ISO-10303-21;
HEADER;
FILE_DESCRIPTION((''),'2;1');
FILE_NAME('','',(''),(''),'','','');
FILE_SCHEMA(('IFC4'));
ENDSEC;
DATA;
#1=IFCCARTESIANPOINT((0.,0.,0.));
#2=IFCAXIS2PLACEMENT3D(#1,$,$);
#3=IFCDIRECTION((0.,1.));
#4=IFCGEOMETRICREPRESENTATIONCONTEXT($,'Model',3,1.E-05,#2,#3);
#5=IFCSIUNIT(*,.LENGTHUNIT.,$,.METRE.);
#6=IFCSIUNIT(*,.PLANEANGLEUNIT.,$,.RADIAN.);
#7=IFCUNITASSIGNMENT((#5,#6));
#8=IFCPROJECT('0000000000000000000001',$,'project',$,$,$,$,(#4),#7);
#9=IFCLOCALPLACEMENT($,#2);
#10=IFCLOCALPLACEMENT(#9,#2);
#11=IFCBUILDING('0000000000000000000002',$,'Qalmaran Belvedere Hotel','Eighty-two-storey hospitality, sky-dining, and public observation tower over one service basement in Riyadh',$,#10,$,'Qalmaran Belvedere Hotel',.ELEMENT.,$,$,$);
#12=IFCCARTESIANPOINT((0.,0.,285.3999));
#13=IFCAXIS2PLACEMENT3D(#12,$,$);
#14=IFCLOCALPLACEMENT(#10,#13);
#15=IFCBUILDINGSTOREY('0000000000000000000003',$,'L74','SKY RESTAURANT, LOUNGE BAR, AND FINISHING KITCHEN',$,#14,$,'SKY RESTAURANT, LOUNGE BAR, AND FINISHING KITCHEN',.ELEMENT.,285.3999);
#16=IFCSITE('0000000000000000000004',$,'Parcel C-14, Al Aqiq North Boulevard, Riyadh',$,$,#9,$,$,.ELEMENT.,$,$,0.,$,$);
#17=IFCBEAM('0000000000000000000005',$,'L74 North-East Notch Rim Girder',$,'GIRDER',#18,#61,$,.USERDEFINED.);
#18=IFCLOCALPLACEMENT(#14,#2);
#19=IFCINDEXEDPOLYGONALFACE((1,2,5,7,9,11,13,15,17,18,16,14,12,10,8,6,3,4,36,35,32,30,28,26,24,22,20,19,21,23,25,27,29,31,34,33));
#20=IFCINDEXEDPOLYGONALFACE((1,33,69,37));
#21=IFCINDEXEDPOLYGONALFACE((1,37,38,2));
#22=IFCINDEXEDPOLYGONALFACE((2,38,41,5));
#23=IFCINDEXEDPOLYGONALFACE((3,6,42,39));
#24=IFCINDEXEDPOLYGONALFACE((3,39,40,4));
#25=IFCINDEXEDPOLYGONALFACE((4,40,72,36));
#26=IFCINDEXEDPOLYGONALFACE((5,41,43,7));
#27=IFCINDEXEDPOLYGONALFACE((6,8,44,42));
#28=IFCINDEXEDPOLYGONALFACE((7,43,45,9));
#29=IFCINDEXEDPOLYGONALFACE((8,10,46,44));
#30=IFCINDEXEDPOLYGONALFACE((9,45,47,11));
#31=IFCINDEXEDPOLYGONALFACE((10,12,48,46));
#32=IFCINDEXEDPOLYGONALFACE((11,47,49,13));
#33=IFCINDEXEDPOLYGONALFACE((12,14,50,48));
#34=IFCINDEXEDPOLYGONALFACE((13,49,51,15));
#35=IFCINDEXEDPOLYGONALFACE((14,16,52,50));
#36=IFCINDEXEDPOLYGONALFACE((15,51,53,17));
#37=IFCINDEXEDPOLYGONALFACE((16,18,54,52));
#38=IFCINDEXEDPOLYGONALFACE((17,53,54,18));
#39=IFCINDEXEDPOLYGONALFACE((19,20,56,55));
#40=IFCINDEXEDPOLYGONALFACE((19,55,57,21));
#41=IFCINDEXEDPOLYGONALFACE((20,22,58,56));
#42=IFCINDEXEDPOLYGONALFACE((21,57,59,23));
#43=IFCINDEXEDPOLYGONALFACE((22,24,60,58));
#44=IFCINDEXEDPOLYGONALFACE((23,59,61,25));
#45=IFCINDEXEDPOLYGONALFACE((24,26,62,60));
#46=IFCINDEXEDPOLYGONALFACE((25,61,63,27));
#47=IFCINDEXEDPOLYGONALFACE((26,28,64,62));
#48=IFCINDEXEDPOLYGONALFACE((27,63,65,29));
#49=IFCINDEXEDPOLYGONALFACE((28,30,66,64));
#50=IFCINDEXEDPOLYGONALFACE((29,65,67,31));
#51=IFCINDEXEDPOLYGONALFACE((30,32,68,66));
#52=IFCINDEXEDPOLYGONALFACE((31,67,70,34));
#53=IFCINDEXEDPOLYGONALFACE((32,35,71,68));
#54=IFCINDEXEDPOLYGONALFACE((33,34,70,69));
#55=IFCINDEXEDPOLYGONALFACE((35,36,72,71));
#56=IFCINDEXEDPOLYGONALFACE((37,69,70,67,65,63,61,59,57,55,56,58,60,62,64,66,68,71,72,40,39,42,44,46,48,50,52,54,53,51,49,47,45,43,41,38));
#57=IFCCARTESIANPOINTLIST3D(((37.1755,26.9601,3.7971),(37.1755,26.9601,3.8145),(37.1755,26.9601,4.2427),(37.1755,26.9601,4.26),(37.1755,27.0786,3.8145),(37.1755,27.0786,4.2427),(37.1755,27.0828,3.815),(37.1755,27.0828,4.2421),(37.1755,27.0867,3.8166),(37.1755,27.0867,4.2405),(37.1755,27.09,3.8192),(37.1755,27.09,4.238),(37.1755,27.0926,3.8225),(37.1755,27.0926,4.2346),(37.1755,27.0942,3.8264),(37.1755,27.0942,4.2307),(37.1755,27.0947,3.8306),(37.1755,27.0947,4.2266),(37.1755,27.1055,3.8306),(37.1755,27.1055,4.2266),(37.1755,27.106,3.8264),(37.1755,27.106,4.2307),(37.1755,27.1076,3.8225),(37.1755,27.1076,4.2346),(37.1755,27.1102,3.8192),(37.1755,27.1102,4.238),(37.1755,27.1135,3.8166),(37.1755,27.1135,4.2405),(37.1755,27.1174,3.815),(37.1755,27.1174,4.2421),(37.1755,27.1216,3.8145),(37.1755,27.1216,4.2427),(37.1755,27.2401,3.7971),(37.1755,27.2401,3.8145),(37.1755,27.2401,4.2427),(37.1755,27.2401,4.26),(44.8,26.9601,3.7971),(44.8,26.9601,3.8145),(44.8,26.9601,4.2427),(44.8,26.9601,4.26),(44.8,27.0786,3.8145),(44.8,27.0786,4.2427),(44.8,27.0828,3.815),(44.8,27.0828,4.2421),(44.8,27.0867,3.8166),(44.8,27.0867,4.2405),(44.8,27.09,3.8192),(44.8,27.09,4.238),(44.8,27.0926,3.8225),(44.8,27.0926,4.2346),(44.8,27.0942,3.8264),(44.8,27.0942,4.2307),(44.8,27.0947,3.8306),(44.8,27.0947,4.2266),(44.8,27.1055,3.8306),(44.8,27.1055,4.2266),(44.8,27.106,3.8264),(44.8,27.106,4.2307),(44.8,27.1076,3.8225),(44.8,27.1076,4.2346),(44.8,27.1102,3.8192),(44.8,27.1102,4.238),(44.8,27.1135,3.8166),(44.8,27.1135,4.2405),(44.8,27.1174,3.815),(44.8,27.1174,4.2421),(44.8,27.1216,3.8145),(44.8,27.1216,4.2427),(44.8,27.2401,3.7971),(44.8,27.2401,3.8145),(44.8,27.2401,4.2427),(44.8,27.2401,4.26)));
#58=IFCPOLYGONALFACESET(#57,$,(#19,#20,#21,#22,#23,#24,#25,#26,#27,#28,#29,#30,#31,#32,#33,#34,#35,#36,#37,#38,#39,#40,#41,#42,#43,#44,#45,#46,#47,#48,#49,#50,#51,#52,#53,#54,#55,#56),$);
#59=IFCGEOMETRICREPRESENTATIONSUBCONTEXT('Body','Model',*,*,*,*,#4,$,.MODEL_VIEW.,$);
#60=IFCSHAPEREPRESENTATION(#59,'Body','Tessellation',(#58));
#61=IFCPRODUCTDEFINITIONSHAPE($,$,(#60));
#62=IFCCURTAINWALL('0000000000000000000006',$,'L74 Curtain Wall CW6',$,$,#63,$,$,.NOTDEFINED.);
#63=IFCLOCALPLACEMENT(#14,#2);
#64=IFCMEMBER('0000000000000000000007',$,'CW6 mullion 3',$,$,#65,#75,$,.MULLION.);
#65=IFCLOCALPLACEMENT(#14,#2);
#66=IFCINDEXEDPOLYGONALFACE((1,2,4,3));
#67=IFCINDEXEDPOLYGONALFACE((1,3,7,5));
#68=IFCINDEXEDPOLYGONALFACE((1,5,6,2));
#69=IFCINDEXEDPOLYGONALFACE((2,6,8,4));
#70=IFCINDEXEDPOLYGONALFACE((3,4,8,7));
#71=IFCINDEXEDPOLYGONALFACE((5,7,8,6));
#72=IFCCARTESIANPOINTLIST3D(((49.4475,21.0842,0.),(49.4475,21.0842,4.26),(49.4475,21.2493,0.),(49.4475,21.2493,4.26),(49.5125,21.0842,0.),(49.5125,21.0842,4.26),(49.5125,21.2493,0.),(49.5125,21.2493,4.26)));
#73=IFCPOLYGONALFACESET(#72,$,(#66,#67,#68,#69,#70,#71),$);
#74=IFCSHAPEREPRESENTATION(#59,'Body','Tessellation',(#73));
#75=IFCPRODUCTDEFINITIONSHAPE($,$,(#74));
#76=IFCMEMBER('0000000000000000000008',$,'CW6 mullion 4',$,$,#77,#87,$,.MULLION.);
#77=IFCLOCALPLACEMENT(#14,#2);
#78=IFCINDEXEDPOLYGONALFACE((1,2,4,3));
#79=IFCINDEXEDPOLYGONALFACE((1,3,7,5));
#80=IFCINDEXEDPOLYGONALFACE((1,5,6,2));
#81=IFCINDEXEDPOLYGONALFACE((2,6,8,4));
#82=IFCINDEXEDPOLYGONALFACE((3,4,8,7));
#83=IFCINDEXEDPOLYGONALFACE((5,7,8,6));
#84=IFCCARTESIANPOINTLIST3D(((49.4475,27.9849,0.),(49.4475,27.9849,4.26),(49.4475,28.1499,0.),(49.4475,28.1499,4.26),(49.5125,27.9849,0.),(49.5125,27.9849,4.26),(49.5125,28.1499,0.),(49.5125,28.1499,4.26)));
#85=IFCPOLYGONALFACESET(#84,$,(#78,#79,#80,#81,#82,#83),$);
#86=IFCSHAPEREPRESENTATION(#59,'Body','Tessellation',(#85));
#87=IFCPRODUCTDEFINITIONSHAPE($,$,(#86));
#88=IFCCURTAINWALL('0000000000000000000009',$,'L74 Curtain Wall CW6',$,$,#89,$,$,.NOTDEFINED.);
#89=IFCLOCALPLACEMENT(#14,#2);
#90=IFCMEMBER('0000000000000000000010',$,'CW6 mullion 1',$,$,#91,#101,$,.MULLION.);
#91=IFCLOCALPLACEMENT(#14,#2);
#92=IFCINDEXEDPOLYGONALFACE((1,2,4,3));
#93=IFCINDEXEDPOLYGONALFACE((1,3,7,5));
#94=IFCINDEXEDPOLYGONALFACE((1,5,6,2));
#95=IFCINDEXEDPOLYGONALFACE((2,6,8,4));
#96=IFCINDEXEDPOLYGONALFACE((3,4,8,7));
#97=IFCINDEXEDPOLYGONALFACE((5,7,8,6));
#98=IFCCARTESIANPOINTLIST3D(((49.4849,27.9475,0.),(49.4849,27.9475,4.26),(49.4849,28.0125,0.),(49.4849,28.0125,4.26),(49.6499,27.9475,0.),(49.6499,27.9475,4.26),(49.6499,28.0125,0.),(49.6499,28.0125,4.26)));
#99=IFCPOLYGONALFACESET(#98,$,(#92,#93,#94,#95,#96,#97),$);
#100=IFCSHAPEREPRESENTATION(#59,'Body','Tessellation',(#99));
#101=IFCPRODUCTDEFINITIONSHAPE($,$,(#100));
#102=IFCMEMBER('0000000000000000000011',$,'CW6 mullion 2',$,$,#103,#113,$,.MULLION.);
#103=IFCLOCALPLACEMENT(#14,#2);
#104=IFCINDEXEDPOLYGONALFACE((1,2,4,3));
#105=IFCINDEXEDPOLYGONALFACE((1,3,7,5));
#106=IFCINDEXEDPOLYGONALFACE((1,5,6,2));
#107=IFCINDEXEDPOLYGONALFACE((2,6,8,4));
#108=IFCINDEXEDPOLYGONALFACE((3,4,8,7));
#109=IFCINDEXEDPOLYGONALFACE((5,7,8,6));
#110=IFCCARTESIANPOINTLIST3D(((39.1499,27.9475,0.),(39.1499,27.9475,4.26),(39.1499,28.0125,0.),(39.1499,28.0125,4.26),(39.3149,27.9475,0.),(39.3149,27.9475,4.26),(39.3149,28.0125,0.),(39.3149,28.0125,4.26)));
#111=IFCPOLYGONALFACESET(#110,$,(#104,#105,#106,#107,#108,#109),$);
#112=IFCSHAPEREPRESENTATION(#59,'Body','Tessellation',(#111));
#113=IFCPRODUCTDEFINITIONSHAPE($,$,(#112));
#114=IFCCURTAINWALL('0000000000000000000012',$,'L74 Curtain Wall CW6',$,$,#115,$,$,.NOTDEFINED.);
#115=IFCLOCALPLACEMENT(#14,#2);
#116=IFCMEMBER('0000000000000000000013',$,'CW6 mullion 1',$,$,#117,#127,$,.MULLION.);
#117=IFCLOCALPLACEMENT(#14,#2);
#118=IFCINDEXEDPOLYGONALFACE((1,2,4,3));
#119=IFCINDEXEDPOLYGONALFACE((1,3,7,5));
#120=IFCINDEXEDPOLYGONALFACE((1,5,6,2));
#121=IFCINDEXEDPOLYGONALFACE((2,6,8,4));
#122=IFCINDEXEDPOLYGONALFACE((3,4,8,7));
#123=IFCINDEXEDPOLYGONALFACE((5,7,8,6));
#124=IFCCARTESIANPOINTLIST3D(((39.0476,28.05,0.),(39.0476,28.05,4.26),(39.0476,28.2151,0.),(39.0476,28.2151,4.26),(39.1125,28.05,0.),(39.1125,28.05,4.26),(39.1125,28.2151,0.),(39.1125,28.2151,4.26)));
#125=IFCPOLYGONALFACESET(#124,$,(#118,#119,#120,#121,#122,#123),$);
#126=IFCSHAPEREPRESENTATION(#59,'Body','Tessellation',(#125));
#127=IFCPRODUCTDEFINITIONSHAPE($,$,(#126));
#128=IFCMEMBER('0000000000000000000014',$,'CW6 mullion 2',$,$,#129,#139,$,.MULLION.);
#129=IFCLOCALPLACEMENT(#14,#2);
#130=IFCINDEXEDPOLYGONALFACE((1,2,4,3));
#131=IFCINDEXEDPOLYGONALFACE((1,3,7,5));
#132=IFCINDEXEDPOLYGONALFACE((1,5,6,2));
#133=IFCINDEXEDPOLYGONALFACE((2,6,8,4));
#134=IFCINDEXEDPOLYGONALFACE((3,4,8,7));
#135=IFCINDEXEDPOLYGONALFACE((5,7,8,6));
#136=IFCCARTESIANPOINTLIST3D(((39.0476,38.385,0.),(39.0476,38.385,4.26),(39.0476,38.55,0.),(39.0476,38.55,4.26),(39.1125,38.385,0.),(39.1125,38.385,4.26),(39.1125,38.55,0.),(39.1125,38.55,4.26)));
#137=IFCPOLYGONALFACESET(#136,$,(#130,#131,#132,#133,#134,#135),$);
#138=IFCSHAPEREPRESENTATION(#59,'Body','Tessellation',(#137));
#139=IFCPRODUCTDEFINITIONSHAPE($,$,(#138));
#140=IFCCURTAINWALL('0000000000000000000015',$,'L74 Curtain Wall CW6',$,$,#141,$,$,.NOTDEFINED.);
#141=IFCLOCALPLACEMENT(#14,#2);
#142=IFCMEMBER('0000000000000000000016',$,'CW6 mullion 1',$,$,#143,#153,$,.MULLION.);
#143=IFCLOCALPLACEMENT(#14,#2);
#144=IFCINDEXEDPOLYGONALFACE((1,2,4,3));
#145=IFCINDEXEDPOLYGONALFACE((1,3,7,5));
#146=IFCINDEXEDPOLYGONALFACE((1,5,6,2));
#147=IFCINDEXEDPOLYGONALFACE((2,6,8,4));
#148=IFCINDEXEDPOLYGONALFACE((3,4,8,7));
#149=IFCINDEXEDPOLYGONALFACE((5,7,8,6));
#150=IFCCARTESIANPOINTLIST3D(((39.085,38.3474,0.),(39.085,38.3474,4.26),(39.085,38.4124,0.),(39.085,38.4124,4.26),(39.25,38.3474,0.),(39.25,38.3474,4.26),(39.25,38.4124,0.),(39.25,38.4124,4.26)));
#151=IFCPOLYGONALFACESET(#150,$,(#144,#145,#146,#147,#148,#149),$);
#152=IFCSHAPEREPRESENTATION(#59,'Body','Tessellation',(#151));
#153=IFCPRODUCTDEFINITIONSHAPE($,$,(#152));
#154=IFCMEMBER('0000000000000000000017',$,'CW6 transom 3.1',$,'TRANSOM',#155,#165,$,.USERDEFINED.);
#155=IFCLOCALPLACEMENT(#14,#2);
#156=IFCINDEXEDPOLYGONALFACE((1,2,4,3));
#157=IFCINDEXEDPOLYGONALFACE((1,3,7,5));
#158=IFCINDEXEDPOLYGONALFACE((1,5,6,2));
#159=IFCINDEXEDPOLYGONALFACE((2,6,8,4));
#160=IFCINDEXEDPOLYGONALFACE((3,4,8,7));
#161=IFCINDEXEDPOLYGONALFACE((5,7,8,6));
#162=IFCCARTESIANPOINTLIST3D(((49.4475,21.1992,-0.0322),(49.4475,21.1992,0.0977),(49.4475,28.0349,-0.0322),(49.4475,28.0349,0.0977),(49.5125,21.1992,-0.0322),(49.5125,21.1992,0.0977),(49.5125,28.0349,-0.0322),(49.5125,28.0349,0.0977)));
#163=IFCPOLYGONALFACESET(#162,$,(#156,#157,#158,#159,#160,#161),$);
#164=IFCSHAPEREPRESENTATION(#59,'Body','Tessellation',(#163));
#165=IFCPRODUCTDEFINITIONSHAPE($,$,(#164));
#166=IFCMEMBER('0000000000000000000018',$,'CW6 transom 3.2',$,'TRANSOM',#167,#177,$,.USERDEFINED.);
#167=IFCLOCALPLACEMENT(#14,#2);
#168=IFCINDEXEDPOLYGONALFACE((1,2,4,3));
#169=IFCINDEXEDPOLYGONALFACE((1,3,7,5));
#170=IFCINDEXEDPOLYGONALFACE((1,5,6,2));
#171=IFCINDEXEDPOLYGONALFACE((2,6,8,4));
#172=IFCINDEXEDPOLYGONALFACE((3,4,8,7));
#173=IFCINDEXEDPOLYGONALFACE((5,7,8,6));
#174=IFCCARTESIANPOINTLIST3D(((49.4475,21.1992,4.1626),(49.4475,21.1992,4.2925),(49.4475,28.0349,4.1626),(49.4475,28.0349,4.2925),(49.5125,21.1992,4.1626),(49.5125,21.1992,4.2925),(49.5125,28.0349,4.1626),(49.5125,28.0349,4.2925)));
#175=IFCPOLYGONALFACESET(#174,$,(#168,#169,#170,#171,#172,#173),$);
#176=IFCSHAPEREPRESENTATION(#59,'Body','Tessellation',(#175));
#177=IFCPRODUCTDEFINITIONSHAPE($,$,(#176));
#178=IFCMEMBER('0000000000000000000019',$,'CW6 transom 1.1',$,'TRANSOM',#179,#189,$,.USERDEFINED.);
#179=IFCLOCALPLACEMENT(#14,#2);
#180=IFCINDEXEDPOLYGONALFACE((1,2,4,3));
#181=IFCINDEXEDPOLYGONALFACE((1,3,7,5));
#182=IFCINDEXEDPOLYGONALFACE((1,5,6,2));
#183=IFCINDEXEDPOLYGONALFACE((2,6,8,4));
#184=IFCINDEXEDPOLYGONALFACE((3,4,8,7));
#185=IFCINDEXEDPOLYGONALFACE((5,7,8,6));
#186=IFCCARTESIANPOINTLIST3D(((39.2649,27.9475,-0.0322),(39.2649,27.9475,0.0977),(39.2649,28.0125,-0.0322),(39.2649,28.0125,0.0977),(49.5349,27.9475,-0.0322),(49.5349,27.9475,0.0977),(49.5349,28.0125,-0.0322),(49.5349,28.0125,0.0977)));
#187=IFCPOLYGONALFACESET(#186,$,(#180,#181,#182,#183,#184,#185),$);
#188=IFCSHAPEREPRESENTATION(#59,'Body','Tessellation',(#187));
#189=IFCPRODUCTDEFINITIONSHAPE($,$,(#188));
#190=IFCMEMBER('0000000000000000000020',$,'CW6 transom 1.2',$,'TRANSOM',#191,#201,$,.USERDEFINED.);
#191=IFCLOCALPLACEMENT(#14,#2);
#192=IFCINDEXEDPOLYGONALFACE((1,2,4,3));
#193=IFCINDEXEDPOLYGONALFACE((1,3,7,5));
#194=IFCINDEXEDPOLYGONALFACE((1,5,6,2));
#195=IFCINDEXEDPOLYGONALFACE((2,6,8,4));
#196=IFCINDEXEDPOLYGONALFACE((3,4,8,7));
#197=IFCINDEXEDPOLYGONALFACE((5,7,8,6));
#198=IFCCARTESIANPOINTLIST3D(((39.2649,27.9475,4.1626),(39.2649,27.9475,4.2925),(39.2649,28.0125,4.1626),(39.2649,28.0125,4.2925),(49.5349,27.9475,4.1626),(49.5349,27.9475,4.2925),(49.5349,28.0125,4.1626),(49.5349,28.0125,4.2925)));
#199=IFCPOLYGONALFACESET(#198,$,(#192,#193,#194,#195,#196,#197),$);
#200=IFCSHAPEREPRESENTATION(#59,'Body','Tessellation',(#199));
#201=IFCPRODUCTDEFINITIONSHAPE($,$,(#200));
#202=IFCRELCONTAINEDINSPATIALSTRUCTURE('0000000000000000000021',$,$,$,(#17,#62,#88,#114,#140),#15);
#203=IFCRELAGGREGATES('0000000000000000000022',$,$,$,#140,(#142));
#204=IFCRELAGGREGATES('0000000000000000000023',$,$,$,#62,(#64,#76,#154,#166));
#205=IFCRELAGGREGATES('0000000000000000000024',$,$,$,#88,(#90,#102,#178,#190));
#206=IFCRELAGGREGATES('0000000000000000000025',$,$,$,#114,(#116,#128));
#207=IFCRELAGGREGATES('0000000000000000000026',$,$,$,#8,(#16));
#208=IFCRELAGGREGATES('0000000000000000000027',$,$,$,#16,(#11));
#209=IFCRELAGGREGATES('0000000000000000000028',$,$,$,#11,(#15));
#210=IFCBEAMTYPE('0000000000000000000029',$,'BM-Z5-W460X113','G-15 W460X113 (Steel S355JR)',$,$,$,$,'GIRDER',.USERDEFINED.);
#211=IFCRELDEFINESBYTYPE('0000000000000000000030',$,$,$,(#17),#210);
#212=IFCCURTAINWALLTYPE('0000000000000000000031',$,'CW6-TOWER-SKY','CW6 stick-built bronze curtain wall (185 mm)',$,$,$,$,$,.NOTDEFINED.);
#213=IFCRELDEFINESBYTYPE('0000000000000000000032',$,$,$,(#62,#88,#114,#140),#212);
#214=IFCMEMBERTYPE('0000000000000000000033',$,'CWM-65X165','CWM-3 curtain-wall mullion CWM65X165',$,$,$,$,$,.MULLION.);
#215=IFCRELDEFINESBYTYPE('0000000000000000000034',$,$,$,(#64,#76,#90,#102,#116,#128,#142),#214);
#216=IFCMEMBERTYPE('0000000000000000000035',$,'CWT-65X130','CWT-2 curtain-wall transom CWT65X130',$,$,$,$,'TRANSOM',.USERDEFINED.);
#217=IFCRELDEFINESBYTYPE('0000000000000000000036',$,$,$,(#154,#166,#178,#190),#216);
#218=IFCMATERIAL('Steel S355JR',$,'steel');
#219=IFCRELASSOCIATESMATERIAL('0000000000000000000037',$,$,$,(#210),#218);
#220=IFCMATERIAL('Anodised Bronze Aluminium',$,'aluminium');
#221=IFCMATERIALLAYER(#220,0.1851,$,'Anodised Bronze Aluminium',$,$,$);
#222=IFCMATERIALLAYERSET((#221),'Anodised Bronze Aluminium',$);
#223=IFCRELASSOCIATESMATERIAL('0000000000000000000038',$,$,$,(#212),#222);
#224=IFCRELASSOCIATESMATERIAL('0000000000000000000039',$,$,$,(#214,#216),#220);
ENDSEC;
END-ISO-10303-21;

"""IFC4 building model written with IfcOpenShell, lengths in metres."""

from ifc_helpers import new_model, si_unit, direction, frame, origin, origin_2d, place, context, subcontext, project, spatial, rectangle, i_section, extrude, material, layer, layer_set, material_profile, profile_set, type_object, element, aggregate, save


model = new_model("IFC4")

# Units and contexts
model_context = context("Model", 3, precision=1e-05, world=origin(), true_north=direction((0.0, 1.0)))
body_context = subcontext(model_context, "Body", "Model", "MODEL_VIEW")
ifc_project = project(units=[si_unit("LENGTHUNIT", "METRE"), si_unit("PLANEANGLEUNIT", "RADIAN")], contexts=[model_context])

# Site, building, storey
site_placement = place(None, origin())
site = spatial("IfcSite", under=ifc_project, at=site_placement, Name="Parcel C-14, Al Aqiq North Boulevard, Riyadh", CompositionType="ELEMENT", RefElevation=0.0)
building_placement = place(site_placement, origin())
building = spatial("IfcBuilding", under=site, at=building_placement, Name="Qalmaran Belvedere Hotel", Description="Eighty-two-storey hospitality, sky-dining, and public observation tower over one service basement in Riyadh", LongName="Qalmaran Belvedere Hotel", CompositionType="ELEMENT")
storey_placement = place(building_placement, frame((0.0, 0.0, 285.3999)))
storey = spatial("IfcBuildingStorey", under=building, at=storey_placement, Name="L74", Description="SKY RESTAURANT, LOUNGE BAR, AND FINISHING KITCHEN", LongName="SKY RESTAURANT, LOUNGE BAR, AND FINISHING KITCHEN", CompositionType="ELEMENT", Elevation=285.3999)

# Beam
ifc_material_1 = material(Name="Steel S355JR", Category="steel")
ifc_material_profile_1 = material_profile(ifc_material_1, i_section(OverallWidth=0.28, OverallDepth=0.4629, WebThickness=0.0107, FlangeThickness=0.0173, FilletRadius=0.0161, at=origin_2d()), Name="W460X113")
ifc_profile_set_1 = profile_set([ifc_material_profile_1], Name="Steel S355JR")
beam_type_1 = type_object("IfcBeamType", Name="BM-Z5-W460X113", Description="G-15 W460X113 (Steel S355JR)", ElementType="GIRDER", PredefinedType="USERDEFINED", material=ifc_profile_set_1)
beam_1_placement = place(storey_placement, frame((37.1755, 27.1001, 4.0286), z_axis=(1.0, 0.0, 0.0), x_axis=(0.0, 1.0, 0.0)))
element("IfcBeam", 1, at=beam_1_placement, inside=storey, type_object=beam_type_1, Name="L74 North-East Notch Rim Girder", ObjectType="GIRDER", PredefinedType="USERDEFINED", context=body_context, shape_type="SweptSolid", body=[
    extrude(i_section(OverallWidth=0.28, OverallDepth=0.4629, WebThickness=0.0107, FlangeThickness=0.0173, FilletRadius=0.0161, at=origin_2d()), origin(), (0.0, 0.0, 1.0), 7.6245),
])

# Curtain walls, members
ifc_material_2 = material(Name="Anodised Bronze Aluminium", Category="aluminium")
ifc_layer_1 = layer(ifc_material_2, 0.1851, Name="Anodised Bronze Aluminium")
ifc_layer_set_1 = layer_set([ifc_layer_1], Name="Anodised Bronze Aluminium")
curtain_wall_type = type_object("IfcCurtainWallType", Name="CW6-TOWER-SKY", Description="CW6 stick-built bronze curtain wall (185 mm)", PredefinedType="NOTDEFINED", material=ifc_layer_set_1)
curtain_wall_1_placement = place(storey_placement, origin())
curtain_wall_1 = element("IfcCurtainWall", 2, at=curtain_wall_1_placement, inside=storey, type_object=curtain_wall_type, Name="L74 Curtain Wall CW6", PredefinedType="NOTDEFINED")
ifc_material_profile_2 = material_profile(ifc_material_2, rectangle(XDim=0.0649, YDim=0.165, at=origin_2d()), Name="CWM65X165")
ifc_profile_set_2 = profile_set([ifc_material_profile_2], Name="Anodised Bronze Aluminium")
member_type_1 = type_object("IfcMemberType", Name="CWM-65X165", Description="CWM-3 curtain-wall mullion CWM65X165", PredefinedType="MULLION", material=ifc_profile_set_2)
member_1_placement = place(storey_placement, frame((49.48, 21.1667, 0.0), z_axis=(0.0, 0.0, 1.0), x_axis=(-1.0, 0.0, 0.0)))
member_1 = element("IfcMember", 3, at=member_1_placement, type_object=member_type_1, Name="CW6 mullion 3", PredefinedType="MULLION", context=body_context, shape_type="SweptSolid", body=[
    extrude(rectangle(XDim=0.0649, YDim=0.165, at=origin_2d()), origin(), (0.0, 0.0, 1.0), 4.26),
])
member_2_placement = place(storey_placement, frame((49.48, 28.0674, 0.0), z_axis=(0.0, 0.0, 1.0), x_axis=(-1.0, 0.0, 0.0)))
member_2 = element("IfcMember", 4, at=member_2_placement, type_object=member_type_1, Name="CW6 mullion 4", PredefinedType="MULLION", context=body_context, shape_type="SweptSolid", body=[
    extrude(rectangle(XDim=0.0649, YDim=0.165, at=origin_2d()), origin(), (0.0, 0.0, 1.0), 4.26),
])
curtain_wall_2_placement = place(storey_placement, origin())
curtain_wall_2 = element("IfcCurtainWall", 5, at=curtain_wall_2_placement, inside=storey, type_object=curtain_wall_type, Name="L74 Curtain Wall CW6", PredefinedType="NOTDEFINED")
member_3_placement = place(storey_placement, frame((49.5674, 27.98, 0.0), z_axis=(0.0, 0.0, 1.0), x_axis=(0.0, -1.0, 0.0)))
member_3 = element("IfcMember", 6, at=member_3_placement, type_object=member_type_1, Name="CW6 mullion 1", PredefinedType="MULLION", context=body_context, shape_type="SweptSolid", body=[
    extrude(rectangle(XDim=0.0649, YDim=0.165, at=origin_2d()), origin(), (0.0, 0.0, 1.0), 4.26),
])
member_4_placement = place(storey_placement, frame((39.2324, 27.98, 0.0), z_axis=(0.0, 0.0, 1.0), x_axis=(0.0, -1.0, 0.0)))
member_4 = element("IfcMember", 7, at=member_4_placement, type_object=member_type_1, Name="CW6 mullion 2", PredefinedType="MULLION", context=body_context, shape_type="SweptSolid", body=[
    extrude(rectangle(XDim=0.0649, YDim=0.165, at=origin_2d()), origin(), (0.0, 0.0, 1.0), 4.26),
])
curtain_wall_3_placement = place(storey_placement, origin())
curtain_wall_3 = element("IfcCurtainWall", 8, at=curtain_wall_3_placement, inside=storey, type_object=curtain_wall_type, Name="L74 Curtain Wall CW6", PredefinedType="NOTDEFINED")
member_5_placement = place(storey_placement, frame((39.0801, 28.1326, 0.0), z_axis=(0.0, 0.0, 1.0), x_axis=(-1.0, 0.0, 0.0)))
member_5 = element("IfcMember", 9, at=member_5_placement, type_object=member_type_1, Name="CW6 mullion 1", PredefinedType="MULLION", context=body_context, shape_type="SweptSolid", body=[
    extrude(rectangle(XDim=0.0649, YDim=0.165, at=origin_2d()), origin(), (0.0, 0.0, 1.0), 4.26),
])
member_6_placement = place(storey_placement, frame((39.0801, 38.4675, 0.0), z_axis=(0.0, 0.0, 1.0), x_axis=(-1.0, 0.0, 0.0)))
member_6 = element("IfcMember", 10, at=member_6_placement, type_object=member_type_1, Name="CW6 mullion 2", PredefinedType="MULLION", context=body_context, shape_type="SweptSolid", body=[
    extrude(rectangle(XDim=0.0649, YDim=0.165, at=origin_2d()), origin(), (0.0, 0.0, 1.0), 4.26),
])

# Curtain wall, member
curtain_wall_4_placement = place(storey_placement, origin())
curtain_wall_4 = element("IfcCurtainWall", 11, at=curtain_wall_4_placement, inside=storey, type_object=curtain_wall_type, Name="L74 Curtain Wall CW6", PredefinedType="NOTDEFINED")
member_7_placement = place(storey_placement, frame((39.1675, 38.3799, 0.0), z_axis=(0.0, 0.0, 1.0), x_axis=(0.0, -1.0, 0.0)))
member_7 = element("IfcMember", 12, at=member_7_placement, type_object=member_type_1, Name="CW6 mullion 1", PredefinedType="MULLION", context=body_context, shape_type="SweptSolid", body=[
    extrude(rectangle(XDim=0.0649, YDim=0.165, at=origin_2d()), origin(), (0.0, 0.0, 1.0), 4.26),
])

# Members
ifc_material_profile_3 = material_profile(ifc_material_2, rectangle(XDim=0.0649, YDim=0.1299, at=origin_2d()), Name="CWT65X130")
ifc_profile_set_3 = profile_set([ifc_material_profile_3], Name="Anodised Bronze Aluminium")
member_type_2 = type_object("IfcMemberType", Name="CWT-65X130", Description="CWT-2 curtain-wall transom CWT65X130", ElementType="TRANSOM", PredefinedType="USERDEFINED", material=ifc_profile_set_3)
member_8_placement = place(storey_placement, frame((49.48, 21.1992, 0.0327), z_axis=(0.0, 1.0, 0.0), x_axis=(-1.0, 0.0, 0.0)))
member_8 = element("IfcMember", 13, at=member_8_placement, type_object=member_type_2, Name="CW6 transom 3.1", ObjectType="TRANSOM", PredefinedType="USERDEFINED", context=body_context, shape_type="SweptSolid", body=[
    extrude(rectangle(XDim=0.0649, YDim=0.1299, at=origin_2d()), origin(), (0.0, 0.0, 1.0), 6.8357),
])
member_9_placement = place(storey_placement, frame((49.48, 21.1992, 4.2275), z_axis=(0.0, 1.0, 0.0), x_axis=(-1.0, 0.0, 0.0)))
member_9 = element("IfcMember", 14, at=member_9_placement, type_object=member_type_2, Name="CW6 transom 3.2", ObjectType="TRANSOM", PredefinedType="USERDEFINED", context=body_context, shape_type="SweptSolid", body=[
    extrude(rectangle(XDim=0.0649, YDim=0.1299, at=origin_2d()), origin(), (0.0, 0.0, 1.0), 6.8357),
])
member_10_placement = place(storey_placement, frame((49.5349, 27.98, 0.0327), z_axis=(-1.0, 0.0, 0.0), x_axis=(0.0, -1.0, 0.0)))
member_10 = element("IfcMember", 15, at=member_10_placement, type_object=member_type_2, Name="CW6 transom 1.1", ObjectType="TRANSOM", PredefinedType="USERDEFINED", context=body_context, shape_type="SweptSolid", body=[
    extrude(rectangle(XDim=0.0649, YDim=0.1299, at=origin_2d()), origin(), (0.0, 0.0, 1.0), 10.27),
])
member_11_placement = place(storey_placement, frame((49.5349, 27.98, 4.2275), z_axis=(-1.0, 0.0, 0.0), x_axis=(0.0, -1.0, 0.0)))
member_11 = element("IfcMember", 16, at=member_11_placement, type_object=member_type_2, Name="CW6 transom 1.2", ObjectType="TRANSOM", PredefinedType="USERDEFINED", context=body_context, shape_type="SweptSolid", body=[
    extrude(rectangle(XDim=0.0649, YDim=0.1299, at=origin_2d()), origin(), (0.0, 0.0, 1.0), 10.27),
])
aggregate(curtain_wall_4, [member_7])

aggregate(curtain_wall_1, [member_1, member_2, member_8, member_9])
aggregate(curtain_wall_2, [member_3, member_4, member_10, member_11])
aggregate(curtain_wall_3, [member_5, member_6])

save(model, "model.ifc")
